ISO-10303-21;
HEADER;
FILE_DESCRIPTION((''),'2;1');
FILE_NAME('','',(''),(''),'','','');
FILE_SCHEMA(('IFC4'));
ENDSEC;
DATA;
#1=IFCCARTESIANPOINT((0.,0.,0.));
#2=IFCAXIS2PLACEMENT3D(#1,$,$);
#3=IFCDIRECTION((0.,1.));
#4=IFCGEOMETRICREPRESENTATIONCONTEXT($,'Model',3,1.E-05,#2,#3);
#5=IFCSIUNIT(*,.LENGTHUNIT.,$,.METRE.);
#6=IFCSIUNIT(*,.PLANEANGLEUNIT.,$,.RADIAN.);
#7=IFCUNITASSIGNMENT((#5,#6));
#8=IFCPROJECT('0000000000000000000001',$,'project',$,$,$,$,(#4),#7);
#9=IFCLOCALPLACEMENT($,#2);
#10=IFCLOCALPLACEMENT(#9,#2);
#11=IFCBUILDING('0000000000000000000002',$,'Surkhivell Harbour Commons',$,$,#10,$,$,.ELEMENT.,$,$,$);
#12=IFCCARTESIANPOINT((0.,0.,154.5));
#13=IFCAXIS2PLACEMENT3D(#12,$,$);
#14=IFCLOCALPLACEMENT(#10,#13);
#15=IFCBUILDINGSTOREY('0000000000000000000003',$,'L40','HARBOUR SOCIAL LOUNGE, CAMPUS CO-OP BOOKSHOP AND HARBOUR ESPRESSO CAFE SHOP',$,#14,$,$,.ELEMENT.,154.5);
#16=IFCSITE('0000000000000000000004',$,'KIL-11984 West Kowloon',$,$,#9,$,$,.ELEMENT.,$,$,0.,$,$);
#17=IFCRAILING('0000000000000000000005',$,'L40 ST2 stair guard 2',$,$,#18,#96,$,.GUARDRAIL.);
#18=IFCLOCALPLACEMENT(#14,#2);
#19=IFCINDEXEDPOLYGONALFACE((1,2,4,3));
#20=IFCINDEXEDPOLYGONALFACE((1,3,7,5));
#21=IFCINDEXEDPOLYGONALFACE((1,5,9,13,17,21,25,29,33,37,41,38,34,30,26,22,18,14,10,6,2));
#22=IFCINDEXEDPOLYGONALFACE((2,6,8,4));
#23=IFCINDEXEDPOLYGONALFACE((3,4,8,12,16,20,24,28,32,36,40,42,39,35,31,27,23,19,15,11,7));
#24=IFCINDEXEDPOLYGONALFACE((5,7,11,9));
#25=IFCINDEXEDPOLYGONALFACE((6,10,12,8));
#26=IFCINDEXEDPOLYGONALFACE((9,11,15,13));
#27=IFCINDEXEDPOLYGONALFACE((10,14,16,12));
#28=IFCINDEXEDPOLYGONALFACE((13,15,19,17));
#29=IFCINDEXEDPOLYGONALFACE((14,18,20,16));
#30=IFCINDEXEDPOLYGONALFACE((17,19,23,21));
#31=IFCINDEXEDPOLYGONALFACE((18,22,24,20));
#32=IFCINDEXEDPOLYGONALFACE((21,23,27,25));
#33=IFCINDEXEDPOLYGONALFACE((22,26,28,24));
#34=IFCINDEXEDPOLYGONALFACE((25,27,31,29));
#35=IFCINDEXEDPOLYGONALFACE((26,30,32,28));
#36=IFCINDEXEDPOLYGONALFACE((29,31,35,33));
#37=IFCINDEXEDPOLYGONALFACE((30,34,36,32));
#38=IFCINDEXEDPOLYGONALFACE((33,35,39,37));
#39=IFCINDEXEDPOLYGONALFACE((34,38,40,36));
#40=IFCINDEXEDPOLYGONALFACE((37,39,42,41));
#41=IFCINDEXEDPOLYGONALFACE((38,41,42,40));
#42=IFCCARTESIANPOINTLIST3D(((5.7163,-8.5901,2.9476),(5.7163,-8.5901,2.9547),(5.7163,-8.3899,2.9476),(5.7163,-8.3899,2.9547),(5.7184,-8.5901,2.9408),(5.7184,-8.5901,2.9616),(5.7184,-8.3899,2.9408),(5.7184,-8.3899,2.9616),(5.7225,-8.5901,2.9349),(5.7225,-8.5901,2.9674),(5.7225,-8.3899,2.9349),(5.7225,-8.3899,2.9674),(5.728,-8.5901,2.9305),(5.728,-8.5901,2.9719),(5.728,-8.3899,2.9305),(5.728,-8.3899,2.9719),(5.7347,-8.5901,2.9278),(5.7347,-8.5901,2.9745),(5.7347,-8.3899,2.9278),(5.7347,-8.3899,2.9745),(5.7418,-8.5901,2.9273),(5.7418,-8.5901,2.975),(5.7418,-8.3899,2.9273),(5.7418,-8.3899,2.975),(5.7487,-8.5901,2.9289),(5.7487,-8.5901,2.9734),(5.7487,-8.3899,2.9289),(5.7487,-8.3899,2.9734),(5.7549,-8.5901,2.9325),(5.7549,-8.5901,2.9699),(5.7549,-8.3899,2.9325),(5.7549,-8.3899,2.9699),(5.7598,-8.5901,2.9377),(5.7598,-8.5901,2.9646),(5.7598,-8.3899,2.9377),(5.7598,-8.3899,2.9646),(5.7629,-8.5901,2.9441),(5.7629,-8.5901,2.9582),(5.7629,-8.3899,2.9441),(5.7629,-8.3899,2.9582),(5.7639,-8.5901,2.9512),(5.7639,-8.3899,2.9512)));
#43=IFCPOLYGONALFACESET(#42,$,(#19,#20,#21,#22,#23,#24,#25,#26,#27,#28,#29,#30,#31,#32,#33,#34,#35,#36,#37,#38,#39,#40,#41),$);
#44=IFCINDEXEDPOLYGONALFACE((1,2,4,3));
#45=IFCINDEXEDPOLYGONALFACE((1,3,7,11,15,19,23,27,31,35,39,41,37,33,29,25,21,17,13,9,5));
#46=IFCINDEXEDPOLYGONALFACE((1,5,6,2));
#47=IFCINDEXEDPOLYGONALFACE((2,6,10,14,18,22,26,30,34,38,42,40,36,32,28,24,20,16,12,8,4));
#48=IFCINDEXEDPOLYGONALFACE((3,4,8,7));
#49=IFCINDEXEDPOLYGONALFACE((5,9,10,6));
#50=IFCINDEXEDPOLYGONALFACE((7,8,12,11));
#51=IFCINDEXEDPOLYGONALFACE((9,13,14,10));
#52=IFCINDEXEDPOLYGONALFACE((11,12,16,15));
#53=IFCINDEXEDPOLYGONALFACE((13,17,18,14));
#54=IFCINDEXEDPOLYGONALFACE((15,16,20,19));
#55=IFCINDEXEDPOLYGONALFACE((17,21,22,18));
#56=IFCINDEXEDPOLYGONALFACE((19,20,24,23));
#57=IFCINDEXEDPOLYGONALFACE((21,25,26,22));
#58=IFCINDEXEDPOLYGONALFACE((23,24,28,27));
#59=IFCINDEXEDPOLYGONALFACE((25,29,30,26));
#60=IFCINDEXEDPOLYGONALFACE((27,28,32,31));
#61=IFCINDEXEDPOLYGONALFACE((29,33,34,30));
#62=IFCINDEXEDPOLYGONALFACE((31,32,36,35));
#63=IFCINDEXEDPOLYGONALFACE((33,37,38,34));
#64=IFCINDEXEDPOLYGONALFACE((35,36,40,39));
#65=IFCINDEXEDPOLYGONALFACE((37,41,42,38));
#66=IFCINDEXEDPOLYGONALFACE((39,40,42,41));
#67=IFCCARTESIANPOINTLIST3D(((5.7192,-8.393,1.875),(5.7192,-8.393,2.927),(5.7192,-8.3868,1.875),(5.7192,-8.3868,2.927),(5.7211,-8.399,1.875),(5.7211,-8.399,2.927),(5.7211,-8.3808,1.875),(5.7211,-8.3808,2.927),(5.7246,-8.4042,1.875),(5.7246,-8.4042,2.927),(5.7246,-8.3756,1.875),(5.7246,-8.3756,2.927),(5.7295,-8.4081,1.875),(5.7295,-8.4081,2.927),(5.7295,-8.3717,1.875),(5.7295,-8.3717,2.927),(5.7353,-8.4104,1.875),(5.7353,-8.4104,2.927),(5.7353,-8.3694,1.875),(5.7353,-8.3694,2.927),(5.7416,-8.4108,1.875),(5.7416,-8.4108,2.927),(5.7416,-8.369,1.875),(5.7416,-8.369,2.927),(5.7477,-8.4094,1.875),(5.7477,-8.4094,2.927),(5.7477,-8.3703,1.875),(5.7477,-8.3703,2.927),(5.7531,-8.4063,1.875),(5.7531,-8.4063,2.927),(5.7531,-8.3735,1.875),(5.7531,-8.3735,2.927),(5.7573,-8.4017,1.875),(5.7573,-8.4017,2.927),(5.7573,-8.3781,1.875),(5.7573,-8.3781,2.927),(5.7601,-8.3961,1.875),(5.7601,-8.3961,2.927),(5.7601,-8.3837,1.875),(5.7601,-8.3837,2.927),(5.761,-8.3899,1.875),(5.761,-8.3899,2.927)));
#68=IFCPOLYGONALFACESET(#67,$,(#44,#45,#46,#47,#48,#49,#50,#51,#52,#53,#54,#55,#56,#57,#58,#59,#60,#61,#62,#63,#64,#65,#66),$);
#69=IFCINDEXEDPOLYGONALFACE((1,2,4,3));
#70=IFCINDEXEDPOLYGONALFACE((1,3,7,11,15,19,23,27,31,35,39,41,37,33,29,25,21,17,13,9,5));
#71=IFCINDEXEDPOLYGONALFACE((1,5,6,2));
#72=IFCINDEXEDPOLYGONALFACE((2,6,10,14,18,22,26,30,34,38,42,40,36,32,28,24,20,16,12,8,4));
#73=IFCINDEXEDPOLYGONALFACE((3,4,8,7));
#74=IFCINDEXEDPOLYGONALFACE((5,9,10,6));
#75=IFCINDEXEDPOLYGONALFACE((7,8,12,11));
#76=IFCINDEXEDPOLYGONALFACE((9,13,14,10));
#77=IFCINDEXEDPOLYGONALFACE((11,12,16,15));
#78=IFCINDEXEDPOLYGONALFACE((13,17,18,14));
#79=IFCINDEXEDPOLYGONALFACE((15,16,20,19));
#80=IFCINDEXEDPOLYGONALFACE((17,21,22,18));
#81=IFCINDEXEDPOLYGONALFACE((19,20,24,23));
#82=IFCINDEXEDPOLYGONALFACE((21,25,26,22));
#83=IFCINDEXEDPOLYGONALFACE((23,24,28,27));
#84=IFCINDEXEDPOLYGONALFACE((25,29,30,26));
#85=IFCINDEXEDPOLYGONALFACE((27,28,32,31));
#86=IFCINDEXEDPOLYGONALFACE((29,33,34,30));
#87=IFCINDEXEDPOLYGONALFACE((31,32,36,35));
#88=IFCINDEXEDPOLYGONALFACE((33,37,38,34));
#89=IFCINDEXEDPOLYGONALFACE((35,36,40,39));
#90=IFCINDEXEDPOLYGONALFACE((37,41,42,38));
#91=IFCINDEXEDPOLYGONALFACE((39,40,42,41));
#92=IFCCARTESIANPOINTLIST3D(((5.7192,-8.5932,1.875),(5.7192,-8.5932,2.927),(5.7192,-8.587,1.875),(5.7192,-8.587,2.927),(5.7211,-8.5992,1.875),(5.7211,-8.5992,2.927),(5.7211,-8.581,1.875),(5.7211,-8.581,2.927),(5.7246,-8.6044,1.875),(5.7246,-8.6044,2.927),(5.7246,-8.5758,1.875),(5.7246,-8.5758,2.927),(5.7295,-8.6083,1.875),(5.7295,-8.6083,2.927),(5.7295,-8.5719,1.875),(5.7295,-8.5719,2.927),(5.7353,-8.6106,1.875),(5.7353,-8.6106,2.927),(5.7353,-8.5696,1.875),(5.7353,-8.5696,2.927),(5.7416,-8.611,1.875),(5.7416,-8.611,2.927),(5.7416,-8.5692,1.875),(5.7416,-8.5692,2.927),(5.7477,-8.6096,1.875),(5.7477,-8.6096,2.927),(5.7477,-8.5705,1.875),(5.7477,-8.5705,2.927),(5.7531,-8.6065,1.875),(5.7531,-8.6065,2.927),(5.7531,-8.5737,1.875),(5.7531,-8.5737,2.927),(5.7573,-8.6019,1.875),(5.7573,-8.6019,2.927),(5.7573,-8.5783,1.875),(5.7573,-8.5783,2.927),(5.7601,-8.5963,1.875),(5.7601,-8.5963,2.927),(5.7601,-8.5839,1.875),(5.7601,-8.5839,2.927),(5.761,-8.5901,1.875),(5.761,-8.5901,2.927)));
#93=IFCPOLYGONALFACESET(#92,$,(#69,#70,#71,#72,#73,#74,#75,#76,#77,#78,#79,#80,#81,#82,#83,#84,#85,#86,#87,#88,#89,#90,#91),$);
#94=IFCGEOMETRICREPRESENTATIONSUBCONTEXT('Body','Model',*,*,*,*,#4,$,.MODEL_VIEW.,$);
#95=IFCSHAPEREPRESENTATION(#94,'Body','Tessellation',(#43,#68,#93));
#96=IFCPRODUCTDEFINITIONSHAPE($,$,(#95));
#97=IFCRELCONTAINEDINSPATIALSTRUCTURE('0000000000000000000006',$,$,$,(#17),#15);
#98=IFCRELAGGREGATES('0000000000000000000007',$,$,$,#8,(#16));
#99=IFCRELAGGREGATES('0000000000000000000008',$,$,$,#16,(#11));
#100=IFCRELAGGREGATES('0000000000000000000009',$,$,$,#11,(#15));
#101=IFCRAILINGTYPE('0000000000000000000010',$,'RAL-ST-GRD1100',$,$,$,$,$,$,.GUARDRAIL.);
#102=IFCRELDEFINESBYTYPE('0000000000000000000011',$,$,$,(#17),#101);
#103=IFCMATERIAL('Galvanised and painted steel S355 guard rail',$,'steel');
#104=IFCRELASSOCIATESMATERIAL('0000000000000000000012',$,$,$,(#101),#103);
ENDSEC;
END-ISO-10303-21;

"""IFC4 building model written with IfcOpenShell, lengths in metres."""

from ifc_helpers import new_model, si_unit, direction, frame, origin, origin_2d, place, context, subcontext, project, spatial, circle, extrude, material, type_object, element, save


model = new_model("IFC4")

# Units and contexts
model_context = context("Model", 3, precision=1e-05, world=origin(), true_north=direction((0.0, 1.0)))
body_context = subcontext(model_context, "Body", "Model", "MODEL_VIEW")
ifc_project = project(units=[si_unit("LENGTHUNIT", "METRE"), si_unit("PLANEANGLEUNIT", "RADIAN")], contexts=[model_context])

# Site, building, storey
site_placement = place(None, origin())
site = spatial("IfcSite", under=ifc_project, at=site_placement, Name="KIL-11984 West Kowloon", CompositionType="ELEMENT", RefElevation=0.0)
building_placement = place(site_placement, origin())
building = spatial("IfcBuilding", under=site, at=building_placement, Name="Surkhivell Harbour Commons", CompositionType="ELEMENT")
storey_placement = place(building_placement, frame((0.0, 0.0, 154.5)))
storey = spatial("IfcBuildingStorey", under=building, at=storey_placement, Name="L40", Description="HARBOUR SOCIAL LOUNGE, CAMPUS CO-OP BOOKSHOP AND HARBOUR ESPRESSO CAFE SHOP", CompositionType="ELEMENT", Elevation=154.5)

# Railing
ifc_material_1 = material(Name="Galvanised and painted steel S355 guard rail", Category="steel")
railing_type_1 = type_object("IfcRailingType", Name="RAL-ST-GRD1100", PredefinedType="GUARDRAIL", material=ifc_material_1)
railing_1_placement = place(storey_placement, frame((5.74, -8.3899, 1.875)))
element("IfcRailing", 1, at=railing_1_placement, inside=storey, type_object=railing_type_1, Name="L40 ST2 stair guard 2", PredefinedType="GUARDRAIL", context=body_context, shape_type="SweptSolid", body=[
    extrude(circle(Radius=0.0239, at=origin_2d()), frame((0.0, 0.0, 1.0762), z_axis=(0.0, -1.0, 0.0), x_axis=(1.0, 0.0, 0.0)), (0.0, 0.0, 1.0), 0.2002),
    extrude(circle(Radius=0.021, at=origin_2d()), origin(), (0.0, 0.0, 1.0), 1.052),
    extrude(circle(Radius=0.021, at=origin_2d()), frame((0.0, -0.2002, 0.0)), (0.0, 0.0, 1.0), 1.052),
])

save(model, "model.ifc")
